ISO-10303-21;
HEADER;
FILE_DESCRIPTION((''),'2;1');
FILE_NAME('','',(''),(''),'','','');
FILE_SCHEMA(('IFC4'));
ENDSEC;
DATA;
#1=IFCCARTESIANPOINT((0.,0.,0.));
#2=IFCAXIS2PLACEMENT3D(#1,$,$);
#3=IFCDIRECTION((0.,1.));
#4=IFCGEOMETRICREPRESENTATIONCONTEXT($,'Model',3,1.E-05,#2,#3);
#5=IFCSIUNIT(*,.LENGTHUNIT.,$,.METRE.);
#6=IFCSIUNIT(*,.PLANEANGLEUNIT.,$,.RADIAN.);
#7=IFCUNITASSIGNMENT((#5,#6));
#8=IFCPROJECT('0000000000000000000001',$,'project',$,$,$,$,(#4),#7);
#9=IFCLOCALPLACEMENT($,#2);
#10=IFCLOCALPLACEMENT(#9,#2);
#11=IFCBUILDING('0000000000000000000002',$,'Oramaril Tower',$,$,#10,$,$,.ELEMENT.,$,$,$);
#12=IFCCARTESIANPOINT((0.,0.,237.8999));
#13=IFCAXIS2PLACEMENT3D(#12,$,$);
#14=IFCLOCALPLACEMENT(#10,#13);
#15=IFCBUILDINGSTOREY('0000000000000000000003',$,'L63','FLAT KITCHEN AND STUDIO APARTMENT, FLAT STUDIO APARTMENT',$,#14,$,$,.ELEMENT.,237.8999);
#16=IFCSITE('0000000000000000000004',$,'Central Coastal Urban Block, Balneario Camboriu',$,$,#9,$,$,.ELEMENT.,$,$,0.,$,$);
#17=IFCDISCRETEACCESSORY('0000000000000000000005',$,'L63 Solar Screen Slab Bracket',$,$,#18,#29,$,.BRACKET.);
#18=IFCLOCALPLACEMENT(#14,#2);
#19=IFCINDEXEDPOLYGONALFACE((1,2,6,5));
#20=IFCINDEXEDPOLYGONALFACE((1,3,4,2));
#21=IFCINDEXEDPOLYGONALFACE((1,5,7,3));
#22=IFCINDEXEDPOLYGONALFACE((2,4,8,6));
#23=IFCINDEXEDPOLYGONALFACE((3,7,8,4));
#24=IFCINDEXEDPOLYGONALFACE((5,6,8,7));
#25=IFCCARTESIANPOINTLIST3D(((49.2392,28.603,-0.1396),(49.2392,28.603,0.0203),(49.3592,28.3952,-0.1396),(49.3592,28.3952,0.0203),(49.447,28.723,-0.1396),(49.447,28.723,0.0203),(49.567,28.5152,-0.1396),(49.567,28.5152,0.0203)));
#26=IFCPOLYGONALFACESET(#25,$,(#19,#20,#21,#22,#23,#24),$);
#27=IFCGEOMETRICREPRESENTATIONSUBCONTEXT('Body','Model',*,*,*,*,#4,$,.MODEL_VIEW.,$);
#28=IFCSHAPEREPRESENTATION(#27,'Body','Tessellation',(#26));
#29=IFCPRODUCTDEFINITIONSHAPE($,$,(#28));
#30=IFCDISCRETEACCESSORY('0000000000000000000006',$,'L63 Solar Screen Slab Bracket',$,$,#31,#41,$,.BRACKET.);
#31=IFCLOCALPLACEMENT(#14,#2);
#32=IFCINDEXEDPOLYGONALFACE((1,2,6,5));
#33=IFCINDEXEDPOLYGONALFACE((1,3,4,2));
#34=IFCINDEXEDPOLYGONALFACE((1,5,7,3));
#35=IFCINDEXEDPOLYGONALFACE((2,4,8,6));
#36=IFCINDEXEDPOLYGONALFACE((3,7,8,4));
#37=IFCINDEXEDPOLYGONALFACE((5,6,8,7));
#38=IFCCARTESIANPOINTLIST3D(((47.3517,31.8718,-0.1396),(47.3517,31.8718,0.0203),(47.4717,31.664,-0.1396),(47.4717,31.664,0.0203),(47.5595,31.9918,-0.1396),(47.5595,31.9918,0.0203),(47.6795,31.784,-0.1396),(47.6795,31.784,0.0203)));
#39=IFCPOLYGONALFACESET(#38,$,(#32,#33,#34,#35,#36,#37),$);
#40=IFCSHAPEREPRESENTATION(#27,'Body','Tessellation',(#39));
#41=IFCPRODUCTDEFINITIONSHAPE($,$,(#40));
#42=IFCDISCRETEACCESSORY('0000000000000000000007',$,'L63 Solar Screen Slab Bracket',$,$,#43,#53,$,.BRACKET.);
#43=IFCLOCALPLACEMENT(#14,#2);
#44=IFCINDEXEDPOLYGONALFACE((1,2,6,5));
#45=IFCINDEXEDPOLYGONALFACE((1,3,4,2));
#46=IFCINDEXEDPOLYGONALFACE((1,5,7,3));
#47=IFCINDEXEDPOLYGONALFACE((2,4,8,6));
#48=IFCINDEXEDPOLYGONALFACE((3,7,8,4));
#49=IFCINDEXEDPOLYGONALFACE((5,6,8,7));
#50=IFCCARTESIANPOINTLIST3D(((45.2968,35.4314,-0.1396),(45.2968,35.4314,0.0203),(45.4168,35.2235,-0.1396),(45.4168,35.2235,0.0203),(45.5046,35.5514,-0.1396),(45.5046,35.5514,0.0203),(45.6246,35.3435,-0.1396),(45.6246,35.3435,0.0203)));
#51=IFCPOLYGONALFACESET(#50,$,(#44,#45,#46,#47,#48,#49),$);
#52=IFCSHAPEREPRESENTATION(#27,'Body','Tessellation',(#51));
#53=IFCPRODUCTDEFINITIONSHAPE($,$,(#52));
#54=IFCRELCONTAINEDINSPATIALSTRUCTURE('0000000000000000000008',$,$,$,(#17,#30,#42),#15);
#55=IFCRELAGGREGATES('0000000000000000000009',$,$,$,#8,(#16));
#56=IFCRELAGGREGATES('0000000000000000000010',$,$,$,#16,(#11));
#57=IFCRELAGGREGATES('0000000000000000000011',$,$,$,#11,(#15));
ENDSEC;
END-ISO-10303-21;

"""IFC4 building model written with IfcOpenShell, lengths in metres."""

from ifc_helpers import new_model, si_unit, direction, frame, origin, origin_2d, place, context, subcontext, project, spatial, rectangle, extrude, element, save


model = new_model("IFC4")

# Units and contexts
model_context = context("Model", 3, precision=1e-05, world=origin(), true_north=direction((0.0, 1.0)))
body_context = subcontext(model_context, "Body", "Model", "MODEL_VIEW")
ifc_project = project(units=[si_unit("LENGTHUNIT", "METRE"), si_unit("PLANEANGLEUNIT", "RADIAN")], contexts=[model_context])

# Site, building, storey
site_placement = place(None, origin())
site = spatial("IfcSite", under=ifc_project, at=site_placement, Name="Central Coastal Urban Block, Balneario Camboriu", CompositionType="ELEMENT", RefElevation=0.0)
building_placement = place(site_placement, origin())
building = spatial("IfcBuilding", under=site, at=building_placement, Name="Oramaril Tower", CompositionType="ELEMENT")
storey_placement = place(building_placement, frame((0.0, 0.0, 237.8999)))
storey = spatial("IfcBuildingStorey", under=building, at=storey_placement, Name="L63", Description="FLAT KITCHEN AND STUDIO APARTMENT, FLAT STUDIO APARTMENT", CompositionType="ELEMENT", Elevation=237.8999)

# Discrete accessories
for number, where, z_axis, x_axis, name in (
    (1, (49.4031, 28.5591, -0.1396), (0.0, 0.0, 1.0), (-0.500002, 0.866025, 0.0), "L63 Solar Screen Slab Bracket"),
    (2, (47.5156, 31.8279, -0.1396), (0.0, 0.0, 1.0), (-0.500002, 0.866025, 0.0), "L63 Solar Screen Slab Bracket"),
    (3, (45.4607, 35.3875, -0.1396), (0.0, 0.0, 1.0), (-0.500002, 0.866025, 0.0), "L63 Solar Screen Slab Bracket"),
):
    element("IfcDiscreteAccessory", number, at=place(storey_placement, frame(where, z_axis=z_axis, x_axis=x_axis)), inside=storey, Name=name, PredefinedType="BRACKET", context=body_context, shape_type="SweptSolid", body=[
        extrude(rectangle(XDim=0.24, YDim=0.24, at=origin_2d()), origin(), (0.0, 0.0, 1.0), 0.1599),
    ])

save(model, "model.ifc")
